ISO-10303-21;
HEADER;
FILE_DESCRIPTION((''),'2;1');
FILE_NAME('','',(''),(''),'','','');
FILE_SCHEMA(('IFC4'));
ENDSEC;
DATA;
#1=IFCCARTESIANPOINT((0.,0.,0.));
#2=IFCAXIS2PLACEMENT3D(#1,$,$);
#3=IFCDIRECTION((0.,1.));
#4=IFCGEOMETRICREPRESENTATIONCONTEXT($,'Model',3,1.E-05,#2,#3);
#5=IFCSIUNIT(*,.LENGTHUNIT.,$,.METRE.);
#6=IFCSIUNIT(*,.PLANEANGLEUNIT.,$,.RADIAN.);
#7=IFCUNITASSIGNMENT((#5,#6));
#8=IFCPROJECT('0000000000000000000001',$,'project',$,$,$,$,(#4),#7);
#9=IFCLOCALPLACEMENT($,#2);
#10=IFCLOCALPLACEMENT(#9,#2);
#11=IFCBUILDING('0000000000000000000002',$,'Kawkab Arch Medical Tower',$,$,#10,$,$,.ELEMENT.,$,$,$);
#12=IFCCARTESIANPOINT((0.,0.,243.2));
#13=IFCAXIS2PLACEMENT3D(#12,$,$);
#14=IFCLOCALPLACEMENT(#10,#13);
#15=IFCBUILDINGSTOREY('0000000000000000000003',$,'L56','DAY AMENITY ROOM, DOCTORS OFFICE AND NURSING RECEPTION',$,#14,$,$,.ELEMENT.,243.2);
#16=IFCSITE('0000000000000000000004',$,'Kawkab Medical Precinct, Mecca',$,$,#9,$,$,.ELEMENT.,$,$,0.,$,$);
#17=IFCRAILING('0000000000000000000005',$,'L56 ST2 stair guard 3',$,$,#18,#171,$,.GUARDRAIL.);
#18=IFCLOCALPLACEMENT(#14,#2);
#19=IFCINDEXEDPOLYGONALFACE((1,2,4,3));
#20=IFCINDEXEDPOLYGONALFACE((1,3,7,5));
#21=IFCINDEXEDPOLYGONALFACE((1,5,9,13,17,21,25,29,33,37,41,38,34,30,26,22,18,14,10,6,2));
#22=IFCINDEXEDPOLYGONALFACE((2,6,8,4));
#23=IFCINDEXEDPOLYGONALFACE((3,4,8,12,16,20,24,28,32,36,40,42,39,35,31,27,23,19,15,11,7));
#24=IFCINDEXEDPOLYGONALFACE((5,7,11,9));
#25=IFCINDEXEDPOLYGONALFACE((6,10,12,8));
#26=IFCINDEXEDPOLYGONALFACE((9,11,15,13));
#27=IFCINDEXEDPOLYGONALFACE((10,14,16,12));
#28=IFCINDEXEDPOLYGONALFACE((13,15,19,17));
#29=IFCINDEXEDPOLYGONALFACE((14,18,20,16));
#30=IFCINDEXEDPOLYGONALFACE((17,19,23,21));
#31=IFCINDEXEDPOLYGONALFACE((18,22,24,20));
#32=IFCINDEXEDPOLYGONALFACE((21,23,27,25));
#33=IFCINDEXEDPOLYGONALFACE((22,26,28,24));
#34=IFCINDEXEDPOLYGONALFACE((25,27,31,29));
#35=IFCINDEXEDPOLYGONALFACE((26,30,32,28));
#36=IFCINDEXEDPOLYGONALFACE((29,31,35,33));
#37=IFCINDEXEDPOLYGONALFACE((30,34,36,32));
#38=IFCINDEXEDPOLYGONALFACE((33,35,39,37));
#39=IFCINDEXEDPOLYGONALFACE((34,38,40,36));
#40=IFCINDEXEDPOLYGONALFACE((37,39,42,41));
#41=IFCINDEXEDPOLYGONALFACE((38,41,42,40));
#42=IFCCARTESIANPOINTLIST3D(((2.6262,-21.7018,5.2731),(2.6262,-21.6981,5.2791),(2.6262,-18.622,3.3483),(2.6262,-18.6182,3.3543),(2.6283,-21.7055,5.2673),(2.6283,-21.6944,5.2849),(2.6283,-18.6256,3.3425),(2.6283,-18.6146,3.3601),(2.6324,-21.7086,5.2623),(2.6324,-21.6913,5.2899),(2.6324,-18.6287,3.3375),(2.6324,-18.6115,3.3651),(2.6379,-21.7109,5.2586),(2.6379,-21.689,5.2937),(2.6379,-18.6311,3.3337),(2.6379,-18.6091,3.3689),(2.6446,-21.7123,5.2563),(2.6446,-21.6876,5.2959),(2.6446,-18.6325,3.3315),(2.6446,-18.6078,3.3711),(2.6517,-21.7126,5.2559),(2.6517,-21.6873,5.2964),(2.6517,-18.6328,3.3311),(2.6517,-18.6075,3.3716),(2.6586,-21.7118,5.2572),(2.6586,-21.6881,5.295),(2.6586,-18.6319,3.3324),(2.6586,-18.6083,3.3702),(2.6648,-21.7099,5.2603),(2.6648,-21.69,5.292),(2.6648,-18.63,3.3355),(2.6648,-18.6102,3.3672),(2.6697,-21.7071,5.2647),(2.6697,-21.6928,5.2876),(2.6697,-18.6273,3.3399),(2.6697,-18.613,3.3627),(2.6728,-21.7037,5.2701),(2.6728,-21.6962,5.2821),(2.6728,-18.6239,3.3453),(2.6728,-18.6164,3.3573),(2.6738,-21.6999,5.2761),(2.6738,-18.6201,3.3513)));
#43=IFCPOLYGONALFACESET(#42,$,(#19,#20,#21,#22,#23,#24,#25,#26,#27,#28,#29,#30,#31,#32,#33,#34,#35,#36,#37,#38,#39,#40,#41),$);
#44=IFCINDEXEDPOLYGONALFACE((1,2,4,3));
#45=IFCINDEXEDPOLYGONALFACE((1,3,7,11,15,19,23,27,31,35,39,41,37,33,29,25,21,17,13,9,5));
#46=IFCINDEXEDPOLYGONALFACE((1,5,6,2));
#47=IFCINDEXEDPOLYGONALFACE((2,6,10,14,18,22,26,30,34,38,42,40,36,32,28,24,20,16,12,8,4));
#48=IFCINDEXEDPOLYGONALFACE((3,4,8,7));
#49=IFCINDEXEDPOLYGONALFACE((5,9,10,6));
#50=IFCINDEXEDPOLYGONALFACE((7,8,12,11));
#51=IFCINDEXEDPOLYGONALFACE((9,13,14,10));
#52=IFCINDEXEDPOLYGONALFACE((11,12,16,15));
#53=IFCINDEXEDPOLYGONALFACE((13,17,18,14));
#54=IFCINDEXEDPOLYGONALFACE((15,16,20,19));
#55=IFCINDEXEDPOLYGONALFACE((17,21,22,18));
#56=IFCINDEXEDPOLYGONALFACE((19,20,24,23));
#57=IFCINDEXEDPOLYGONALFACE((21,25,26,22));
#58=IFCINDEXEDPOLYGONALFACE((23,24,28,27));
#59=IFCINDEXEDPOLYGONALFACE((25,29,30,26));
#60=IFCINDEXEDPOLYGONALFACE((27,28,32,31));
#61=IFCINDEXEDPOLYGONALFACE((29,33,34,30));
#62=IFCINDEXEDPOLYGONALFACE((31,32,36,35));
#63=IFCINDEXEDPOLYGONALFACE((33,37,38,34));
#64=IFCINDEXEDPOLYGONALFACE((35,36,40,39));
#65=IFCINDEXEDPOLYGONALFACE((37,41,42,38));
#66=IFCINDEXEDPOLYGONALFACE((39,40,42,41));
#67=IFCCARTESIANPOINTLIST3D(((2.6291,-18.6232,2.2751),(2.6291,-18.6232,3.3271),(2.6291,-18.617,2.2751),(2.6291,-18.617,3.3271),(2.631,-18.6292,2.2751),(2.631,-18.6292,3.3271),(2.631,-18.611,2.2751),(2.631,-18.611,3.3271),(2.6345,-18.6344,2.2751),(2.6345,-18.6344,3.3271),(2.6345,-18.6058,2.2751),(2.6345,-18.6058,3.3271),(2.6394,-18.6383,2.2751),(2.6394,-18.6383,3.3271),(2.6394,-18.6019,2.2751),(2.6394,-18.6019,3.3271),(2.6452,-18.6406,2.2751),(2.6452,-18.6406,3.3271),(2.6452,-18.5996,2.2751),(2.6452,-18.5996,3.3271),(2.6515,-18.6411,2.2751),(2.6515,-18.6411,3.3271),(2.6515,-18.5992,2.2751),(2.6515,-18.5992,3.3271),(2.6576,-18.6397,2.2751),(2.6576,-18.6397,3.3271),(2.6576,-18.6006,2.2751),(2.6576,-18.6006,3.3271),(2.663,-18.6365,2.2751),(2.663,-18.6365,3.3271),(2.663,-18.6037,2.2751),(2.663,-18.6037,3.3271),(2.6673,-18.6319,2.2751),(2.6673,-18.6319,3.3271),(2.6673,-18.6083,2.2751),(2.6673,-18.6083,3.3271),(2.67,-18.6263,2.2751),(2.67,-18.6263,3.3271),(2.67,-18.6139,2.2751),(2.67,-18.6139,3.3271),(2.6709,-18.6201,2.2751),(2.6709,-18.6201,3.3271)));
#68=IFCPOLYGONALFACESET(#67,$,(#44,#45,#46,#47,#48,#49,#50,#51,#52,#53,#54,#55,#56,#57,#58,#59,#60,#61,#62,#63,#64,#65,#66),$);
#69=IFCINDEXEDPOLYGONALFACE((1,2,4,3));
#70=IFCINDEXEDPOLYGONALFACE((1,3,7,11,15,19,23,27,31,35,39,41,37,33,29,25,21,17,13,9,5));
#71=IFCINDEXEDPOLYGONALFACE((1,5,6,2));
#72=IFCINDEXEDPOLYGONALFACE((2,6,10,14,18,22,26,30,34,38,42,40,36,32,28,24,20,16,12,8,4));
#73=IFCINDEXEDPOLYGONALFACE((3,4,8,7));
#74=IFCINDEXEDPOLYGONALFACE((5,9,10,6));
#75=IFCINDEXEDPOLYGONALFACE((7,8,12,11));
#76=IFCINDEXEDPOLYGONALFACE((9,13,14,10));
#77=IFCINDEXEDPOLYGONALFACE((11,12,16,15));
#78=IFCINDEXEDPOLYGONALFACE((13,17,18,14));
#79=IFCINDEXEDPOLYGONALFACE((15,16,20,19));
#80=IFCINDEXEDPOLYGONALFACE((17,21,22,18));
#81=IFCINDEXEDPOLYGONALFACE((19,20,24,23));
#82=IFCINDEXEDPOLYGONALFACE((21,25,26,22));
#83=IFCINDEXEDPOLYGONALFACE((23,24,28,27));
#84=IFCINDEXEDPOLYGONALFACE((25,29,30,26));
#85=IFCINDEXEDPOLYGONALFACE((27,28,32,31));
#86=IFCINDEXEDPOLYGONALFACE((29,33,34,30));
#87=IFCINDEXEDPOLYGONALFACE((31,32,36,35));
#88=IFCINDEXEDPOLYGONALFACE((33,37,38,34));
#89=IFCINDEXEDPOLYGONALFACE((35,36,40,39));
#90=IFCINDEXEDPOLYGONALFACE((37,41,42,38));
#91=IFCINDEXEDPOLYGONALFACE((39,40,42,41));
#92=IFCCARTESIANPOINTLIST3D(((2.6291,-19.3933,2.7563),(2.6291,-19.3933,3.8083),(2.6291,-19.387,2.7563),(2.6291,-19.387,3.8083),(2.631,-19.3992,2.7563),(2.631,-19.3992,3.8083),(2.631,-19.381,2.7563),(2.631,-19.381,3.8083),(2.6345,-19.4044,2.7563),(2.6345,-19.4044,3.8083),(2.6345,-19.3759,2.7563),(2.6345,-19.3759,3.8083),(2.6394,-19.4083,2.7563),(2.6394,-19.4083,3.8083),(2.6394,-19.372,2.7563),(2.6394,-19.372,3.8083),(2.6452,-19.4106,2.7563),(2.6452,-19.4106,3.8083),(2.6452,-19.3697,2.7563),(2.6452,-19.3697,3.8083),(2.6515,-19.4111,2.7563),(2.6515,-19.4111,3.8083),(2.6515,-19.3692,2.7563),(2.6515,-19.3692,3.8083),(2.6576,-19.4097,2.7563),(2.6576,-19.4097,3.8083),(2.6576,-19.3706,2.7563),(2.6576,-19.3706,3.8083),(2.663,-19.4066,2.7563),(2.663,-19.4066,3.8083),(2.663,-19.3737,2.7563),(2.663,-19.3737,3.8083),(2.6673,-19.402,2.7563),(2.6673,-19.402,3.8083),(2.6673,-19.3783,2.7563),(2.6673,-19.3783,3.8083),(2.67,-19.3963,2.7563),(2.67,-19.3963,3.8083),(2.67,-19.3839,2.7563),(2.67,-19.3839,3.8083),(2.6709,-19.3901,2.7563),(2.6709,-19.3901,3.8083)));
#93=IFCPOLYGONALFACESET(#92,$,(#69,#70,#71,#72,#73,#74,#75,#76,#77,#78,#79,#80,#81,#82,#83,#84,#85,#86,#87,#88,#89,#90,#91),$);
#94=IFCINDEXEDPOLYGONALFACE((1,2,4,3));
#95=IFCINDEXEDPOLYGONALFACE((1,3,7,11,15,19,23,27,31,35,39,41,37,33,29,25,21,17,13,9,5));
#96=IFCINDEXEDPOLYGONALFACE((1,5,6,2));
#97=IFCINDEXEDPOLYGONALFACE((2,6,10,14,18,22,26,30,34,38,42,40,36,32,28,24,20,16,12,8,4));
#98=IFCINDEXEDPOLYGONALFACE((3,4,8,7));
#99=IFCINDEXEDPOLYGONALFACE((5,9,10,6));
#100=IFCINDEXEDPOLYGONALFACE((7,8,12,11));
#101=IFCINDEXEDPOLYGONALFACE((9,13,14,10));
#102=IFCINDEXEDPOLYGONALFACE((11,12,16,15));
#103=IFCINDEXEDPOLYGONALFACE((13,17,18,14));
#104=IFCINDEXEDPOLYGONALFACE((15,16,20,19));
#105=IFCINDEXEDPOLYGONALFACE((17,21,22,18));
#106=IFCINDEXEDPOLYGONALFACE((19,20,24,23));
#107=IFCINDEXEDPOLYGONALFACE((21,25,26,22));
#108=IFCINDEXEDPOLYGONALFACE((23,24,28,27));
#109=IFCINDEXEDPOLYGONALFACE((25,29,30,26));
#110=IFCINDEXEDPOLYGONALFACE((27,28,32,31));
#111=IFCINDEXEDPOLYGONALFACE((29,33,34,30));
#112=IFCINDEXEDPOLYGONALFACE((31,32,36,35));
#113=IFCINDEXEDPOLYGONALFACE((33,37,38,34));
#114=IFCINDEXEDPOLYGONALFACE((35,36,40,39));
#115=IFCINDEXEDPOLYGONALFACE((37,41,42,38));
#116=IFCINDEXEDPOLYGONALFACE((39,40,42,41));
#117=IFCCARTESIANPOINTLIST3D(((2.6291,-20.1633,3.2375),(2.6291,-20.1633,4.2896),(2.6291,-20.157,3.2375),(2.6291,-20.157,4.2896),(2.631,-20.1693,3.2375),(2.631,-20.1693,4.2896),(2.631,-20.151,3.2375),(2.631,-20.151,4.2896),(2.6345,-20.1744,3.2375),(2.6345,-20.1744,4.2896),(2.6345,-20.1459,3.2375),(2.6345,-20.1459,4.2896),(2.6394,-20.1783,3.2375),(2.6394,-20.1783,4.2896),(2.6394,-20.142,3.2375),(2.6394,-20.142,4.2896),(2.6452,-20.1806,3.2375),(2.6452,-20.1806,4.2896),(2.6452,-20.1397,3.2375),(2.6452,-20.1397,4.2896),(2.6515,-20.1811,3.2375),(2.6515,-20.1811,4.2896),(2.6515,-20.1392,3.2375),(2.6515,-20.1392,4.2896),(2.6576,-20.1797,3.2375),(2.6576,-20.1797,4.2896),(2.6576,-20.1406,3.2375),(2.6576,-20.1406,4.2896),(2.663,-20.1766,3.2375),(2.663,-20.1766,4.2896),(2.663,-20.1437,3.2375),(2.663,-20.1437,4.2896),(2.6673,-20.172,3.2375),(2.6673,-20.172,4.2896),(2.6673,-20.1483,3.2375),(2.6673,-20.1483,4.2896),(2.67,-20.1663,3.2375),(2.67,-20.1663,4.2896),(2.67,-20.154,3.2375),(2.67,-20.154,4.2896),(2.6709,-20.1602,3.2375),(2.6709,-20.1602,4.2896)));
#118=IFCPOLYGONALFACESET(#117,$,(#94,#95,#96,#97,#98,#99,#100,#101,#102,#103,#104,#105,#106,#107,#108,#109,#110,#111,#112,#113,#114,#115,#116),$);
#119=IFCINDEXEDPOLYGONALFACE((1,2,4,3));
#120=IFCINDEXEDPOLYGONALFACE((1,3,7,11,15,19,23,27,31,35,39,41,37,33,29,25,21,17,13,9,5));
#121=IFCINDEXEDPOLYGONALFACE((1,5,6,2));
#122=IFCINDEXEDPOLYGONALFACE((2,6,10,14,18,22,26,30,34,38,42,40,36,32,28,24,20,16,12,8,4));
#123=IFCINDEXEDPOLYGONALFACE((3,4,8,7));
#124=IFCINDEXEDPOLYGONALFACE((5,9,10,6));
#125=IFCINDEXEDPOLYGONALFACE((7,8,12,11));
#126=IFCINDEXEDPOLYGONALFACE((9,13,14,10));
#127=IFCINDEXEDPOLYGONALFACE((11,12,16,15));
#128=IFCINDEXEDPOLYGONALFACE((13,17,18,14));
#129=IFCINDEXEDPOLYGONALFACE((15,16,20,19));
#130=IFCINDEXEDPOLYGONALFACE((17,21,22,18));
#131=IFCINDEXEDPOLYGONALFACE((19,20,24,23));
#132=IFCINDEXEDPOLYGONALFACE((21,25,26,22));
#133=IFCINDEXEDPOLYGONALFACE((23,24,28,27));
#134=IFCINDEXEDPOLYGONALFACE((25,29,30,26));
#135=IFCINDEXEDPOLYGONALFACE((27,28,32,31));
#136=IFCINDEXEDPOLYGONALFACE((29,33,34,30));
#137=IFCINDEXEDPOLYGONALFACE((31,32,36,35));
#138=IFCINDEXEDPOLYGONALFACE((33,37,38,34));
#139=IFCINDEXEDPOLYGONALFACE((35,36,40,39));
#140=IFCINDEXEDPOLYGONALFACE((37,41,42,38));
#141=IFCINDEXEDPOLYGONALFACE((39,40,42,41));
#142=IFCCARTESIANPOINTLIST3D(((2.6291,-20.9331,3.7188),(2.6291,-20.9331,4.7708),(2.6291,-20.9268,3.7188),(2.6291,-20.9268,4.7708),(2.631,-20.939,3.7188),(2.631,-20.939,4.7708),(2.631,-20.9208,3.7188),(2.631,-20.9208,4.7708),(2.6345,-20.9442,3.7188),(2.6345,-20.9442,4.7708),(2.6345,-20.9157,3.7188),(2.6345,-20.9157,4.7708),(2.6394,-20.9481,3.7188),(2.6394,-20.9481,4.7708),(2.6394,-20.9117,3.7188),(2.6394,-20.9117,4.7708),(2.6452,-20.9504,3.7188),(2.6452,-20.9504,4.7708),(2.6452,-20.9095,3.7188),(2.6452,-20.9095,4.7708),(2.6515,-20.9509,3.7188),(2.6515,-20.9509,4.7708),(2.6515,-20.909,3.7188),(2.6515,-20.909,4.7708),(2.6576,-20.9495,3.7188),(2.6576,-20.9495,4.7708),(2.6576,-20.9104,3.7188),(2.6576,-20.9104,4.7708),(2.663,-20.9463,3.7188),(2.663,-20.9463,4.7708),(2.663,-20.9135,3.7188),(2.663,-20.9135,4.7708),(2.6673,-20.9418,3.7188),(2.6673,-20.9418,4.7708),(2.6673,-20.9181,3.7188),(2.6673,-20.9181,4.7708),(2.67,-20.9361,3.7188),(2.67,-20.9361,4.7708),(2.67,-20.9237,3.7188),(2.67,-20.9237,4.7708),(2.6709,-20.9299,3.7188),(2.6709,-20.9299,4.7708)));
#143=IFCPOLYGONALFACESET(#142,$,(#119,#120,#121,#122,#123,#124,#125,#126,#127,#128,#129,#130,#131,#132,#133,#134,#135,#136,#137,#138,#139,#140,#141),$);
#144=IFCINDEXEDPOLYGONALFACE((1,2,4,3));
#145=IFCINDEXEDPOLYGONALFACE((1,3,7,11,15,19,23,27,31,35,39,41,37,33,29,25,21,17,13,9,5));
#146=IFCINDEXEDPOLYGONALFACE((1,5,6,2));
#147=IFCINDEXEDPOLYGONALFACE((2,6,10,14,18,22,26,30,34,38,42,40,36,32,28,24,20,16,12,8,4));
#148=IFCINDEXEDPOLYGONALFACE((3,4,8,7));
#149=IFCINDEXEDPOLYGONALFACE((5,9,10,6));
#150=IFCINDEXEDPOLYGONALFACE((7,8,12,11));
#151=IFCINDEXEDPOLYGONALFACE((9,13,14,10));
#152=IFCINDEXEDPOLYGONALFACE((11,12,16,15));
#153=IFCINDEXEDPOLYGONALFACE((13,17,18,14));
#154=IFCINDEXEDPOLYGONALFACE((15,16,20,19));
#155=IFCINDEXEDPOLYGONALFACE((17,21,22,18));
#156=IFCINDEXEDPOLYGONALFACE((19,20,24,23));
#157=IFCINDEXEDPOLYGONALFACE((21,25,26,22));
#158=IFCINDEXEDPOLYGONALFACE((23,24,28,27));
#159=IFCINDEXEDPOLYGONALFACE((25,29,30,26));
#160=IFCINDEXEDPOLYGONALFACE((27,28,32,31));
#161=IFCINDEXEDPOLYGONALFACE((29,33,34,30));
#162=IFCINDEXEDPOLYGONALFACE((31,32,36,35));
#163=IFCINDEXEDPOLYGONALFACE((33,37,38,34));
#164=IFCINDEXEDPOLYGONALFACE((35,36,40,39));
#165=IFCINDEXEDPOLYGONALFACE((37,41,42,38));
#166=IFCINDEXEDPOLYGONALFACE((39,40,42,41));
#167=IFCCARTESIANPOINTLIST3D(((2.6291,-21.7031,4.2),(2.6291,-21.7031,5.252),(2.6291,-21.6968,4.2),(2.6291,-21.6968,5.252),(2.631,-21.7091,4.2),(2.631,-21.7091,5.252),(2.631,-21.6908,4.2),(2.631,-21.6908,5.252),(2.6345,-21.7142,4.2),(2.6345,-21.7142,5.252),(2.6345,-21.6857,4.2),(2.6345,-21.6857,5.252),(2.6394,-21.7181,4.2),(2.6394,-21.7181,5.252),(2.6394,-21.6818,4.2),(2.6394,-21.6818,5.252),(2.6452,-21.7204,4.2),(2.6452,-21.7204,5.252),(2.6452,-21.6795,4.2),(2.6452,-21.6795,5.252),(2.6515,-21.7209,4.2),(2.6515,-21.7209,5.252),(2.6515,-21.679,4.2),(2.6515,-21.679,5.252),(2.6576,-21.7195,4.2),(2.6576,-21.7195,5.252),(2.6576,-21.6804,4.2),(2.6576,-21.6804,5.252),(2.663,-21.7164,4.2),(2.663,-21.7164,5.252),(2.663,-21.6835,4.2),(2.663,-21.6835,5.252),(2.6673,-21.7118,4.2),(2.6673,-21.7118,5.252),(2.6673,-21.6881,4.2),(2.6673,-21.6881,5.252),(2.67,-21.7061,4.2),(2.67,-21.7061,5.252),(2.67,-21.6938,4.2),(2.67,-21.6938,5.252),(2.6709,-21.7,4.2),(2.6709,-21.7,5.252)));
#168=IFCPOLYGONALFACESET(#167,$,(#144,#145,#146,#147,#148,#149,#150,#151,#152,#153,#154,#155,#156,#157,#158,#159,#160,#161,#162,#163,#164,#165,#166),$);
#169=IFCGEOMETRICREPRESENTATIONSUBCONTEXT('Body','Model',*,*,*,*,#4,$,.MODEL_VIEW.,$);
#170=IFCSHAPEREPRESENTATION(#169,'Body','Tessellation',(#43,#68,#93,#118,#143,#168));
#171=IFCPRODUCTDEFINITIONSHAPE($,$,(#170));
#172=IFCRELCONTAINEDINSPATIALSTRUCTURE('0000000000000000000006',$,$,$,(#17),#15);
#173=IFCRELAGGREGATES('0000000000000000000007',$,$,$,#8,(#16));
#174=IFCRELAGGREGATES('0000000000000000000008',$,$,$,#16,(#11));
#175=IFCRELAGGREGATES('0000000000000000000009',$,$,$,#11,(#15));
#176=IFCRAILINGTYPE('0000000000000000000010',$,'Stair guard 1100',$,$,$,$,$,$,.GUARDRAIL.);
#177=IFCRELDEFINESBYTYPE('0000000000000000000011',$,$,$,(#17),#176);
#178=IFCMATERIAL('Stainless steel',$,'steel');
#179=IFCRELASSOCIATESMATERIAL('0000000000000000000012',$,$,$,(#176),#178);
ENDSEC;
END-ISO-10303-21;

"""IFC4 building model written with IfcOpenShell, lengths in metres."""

from ifc_helpers import new_model, si_unit, direction, frame, origin, origin_2d, place, context, subcontext, project, spatial, circle, extrude, material, type_object, element, save


model = new_model("IFC4")

# Units and contexts
model_context = context("Model", 3, precision=1e-05, world=origin(), true_north=direction((0.0, 1.0)))
body_context = subcontext(model_context, "Body", "Model", "MODEL_VIEW")
ifc_project = project(units=[si_unit("LENGTHUNIT", "METRE"), si_unit("PLANEANGLEUNIT", "RADIAN")], contexts=[model_context])

# Site, building, storey
site_placement = place(None, origin())
site = spatial("IfcSite", under=ifc_project, at=site_placement, Name="Kawkab Medical Precinct, Mecca", CompositionType="ELEMENT", RefElevation=0.0)
building_placement = place(site_placement, origin())
building = spatial("IfcBuilding", under=site, at=building_placement, Name="Kawkab Arch Medical Tower", CompositionType="ELEMENT")
storey_placement = place(building_placement, frame((0.0, 0.0, 243.2)))
storey = spatial("IfcBuildingStorey", under=building, at=storey_placement, Name="L56", Description="DAY AMENITY ROOM, DOCTORS OFFICE AND NURSING RECEPTION", CompositionType="ELEMENT", Elevation=243.2)

# Railing
ifc_material_1 = material(Name="Stainless steel", Category="steel")
railing_type_1 = type_object("IfcRailingType", Name="Stair guard 1100", PredefinedType="GUARDRAIL", material=ifc_material_1)
railing_1_placement = place(storey_placement, frame((2.6499, -18.6201, 2.2751)))
element("IfcRailing", 1, at=railing_1_placement, inside=storey, type_object=railing_type_1, Name="L56 ST2 stair guard 3", PredefinedType="GUARDRAIL", context=body_context, shape_type="SweptSolid", body=[
    extrude(circle(Radius=0.0239, at=origin_2d()), frame((0.0, 0.0, 1.0762), z_axis=(0.0, -0.84801, 0.529981), x_axis=(1.0, 0.0, 0.0)), (0.0, 0.0, 1.0), 3.6318),
    extrude(circle(Radius=0.021, at=origin_2d()), origin(), (0.0, 0.0, 1.0), 1.052),
    extrude(circle(Radius=0.021, at=origin_2d()), frame((0.0, -0.77, 0.4812)), (0.0, 0.0, 1.0), 1.052),
    extrude(circle(Radius=0.021, at=origin_2d()), frame((0.0, -1.54, 0.9624)), (0.0, 0.0, 1.0), 1.052),
    extrude(circle(Radius=0.021, at=origin_2d()), frame((0.0, -2.3098, 1.4436)), (0.0, 0.0, 1.0), 1.052),
    extrude(circle(Radius=0.021, at=origin_2d()), frame((0.0, -3.0798, 1.9248)), (0.0, 0.0, 1.0), 1.052),
])

save(model, "model.ifc")
